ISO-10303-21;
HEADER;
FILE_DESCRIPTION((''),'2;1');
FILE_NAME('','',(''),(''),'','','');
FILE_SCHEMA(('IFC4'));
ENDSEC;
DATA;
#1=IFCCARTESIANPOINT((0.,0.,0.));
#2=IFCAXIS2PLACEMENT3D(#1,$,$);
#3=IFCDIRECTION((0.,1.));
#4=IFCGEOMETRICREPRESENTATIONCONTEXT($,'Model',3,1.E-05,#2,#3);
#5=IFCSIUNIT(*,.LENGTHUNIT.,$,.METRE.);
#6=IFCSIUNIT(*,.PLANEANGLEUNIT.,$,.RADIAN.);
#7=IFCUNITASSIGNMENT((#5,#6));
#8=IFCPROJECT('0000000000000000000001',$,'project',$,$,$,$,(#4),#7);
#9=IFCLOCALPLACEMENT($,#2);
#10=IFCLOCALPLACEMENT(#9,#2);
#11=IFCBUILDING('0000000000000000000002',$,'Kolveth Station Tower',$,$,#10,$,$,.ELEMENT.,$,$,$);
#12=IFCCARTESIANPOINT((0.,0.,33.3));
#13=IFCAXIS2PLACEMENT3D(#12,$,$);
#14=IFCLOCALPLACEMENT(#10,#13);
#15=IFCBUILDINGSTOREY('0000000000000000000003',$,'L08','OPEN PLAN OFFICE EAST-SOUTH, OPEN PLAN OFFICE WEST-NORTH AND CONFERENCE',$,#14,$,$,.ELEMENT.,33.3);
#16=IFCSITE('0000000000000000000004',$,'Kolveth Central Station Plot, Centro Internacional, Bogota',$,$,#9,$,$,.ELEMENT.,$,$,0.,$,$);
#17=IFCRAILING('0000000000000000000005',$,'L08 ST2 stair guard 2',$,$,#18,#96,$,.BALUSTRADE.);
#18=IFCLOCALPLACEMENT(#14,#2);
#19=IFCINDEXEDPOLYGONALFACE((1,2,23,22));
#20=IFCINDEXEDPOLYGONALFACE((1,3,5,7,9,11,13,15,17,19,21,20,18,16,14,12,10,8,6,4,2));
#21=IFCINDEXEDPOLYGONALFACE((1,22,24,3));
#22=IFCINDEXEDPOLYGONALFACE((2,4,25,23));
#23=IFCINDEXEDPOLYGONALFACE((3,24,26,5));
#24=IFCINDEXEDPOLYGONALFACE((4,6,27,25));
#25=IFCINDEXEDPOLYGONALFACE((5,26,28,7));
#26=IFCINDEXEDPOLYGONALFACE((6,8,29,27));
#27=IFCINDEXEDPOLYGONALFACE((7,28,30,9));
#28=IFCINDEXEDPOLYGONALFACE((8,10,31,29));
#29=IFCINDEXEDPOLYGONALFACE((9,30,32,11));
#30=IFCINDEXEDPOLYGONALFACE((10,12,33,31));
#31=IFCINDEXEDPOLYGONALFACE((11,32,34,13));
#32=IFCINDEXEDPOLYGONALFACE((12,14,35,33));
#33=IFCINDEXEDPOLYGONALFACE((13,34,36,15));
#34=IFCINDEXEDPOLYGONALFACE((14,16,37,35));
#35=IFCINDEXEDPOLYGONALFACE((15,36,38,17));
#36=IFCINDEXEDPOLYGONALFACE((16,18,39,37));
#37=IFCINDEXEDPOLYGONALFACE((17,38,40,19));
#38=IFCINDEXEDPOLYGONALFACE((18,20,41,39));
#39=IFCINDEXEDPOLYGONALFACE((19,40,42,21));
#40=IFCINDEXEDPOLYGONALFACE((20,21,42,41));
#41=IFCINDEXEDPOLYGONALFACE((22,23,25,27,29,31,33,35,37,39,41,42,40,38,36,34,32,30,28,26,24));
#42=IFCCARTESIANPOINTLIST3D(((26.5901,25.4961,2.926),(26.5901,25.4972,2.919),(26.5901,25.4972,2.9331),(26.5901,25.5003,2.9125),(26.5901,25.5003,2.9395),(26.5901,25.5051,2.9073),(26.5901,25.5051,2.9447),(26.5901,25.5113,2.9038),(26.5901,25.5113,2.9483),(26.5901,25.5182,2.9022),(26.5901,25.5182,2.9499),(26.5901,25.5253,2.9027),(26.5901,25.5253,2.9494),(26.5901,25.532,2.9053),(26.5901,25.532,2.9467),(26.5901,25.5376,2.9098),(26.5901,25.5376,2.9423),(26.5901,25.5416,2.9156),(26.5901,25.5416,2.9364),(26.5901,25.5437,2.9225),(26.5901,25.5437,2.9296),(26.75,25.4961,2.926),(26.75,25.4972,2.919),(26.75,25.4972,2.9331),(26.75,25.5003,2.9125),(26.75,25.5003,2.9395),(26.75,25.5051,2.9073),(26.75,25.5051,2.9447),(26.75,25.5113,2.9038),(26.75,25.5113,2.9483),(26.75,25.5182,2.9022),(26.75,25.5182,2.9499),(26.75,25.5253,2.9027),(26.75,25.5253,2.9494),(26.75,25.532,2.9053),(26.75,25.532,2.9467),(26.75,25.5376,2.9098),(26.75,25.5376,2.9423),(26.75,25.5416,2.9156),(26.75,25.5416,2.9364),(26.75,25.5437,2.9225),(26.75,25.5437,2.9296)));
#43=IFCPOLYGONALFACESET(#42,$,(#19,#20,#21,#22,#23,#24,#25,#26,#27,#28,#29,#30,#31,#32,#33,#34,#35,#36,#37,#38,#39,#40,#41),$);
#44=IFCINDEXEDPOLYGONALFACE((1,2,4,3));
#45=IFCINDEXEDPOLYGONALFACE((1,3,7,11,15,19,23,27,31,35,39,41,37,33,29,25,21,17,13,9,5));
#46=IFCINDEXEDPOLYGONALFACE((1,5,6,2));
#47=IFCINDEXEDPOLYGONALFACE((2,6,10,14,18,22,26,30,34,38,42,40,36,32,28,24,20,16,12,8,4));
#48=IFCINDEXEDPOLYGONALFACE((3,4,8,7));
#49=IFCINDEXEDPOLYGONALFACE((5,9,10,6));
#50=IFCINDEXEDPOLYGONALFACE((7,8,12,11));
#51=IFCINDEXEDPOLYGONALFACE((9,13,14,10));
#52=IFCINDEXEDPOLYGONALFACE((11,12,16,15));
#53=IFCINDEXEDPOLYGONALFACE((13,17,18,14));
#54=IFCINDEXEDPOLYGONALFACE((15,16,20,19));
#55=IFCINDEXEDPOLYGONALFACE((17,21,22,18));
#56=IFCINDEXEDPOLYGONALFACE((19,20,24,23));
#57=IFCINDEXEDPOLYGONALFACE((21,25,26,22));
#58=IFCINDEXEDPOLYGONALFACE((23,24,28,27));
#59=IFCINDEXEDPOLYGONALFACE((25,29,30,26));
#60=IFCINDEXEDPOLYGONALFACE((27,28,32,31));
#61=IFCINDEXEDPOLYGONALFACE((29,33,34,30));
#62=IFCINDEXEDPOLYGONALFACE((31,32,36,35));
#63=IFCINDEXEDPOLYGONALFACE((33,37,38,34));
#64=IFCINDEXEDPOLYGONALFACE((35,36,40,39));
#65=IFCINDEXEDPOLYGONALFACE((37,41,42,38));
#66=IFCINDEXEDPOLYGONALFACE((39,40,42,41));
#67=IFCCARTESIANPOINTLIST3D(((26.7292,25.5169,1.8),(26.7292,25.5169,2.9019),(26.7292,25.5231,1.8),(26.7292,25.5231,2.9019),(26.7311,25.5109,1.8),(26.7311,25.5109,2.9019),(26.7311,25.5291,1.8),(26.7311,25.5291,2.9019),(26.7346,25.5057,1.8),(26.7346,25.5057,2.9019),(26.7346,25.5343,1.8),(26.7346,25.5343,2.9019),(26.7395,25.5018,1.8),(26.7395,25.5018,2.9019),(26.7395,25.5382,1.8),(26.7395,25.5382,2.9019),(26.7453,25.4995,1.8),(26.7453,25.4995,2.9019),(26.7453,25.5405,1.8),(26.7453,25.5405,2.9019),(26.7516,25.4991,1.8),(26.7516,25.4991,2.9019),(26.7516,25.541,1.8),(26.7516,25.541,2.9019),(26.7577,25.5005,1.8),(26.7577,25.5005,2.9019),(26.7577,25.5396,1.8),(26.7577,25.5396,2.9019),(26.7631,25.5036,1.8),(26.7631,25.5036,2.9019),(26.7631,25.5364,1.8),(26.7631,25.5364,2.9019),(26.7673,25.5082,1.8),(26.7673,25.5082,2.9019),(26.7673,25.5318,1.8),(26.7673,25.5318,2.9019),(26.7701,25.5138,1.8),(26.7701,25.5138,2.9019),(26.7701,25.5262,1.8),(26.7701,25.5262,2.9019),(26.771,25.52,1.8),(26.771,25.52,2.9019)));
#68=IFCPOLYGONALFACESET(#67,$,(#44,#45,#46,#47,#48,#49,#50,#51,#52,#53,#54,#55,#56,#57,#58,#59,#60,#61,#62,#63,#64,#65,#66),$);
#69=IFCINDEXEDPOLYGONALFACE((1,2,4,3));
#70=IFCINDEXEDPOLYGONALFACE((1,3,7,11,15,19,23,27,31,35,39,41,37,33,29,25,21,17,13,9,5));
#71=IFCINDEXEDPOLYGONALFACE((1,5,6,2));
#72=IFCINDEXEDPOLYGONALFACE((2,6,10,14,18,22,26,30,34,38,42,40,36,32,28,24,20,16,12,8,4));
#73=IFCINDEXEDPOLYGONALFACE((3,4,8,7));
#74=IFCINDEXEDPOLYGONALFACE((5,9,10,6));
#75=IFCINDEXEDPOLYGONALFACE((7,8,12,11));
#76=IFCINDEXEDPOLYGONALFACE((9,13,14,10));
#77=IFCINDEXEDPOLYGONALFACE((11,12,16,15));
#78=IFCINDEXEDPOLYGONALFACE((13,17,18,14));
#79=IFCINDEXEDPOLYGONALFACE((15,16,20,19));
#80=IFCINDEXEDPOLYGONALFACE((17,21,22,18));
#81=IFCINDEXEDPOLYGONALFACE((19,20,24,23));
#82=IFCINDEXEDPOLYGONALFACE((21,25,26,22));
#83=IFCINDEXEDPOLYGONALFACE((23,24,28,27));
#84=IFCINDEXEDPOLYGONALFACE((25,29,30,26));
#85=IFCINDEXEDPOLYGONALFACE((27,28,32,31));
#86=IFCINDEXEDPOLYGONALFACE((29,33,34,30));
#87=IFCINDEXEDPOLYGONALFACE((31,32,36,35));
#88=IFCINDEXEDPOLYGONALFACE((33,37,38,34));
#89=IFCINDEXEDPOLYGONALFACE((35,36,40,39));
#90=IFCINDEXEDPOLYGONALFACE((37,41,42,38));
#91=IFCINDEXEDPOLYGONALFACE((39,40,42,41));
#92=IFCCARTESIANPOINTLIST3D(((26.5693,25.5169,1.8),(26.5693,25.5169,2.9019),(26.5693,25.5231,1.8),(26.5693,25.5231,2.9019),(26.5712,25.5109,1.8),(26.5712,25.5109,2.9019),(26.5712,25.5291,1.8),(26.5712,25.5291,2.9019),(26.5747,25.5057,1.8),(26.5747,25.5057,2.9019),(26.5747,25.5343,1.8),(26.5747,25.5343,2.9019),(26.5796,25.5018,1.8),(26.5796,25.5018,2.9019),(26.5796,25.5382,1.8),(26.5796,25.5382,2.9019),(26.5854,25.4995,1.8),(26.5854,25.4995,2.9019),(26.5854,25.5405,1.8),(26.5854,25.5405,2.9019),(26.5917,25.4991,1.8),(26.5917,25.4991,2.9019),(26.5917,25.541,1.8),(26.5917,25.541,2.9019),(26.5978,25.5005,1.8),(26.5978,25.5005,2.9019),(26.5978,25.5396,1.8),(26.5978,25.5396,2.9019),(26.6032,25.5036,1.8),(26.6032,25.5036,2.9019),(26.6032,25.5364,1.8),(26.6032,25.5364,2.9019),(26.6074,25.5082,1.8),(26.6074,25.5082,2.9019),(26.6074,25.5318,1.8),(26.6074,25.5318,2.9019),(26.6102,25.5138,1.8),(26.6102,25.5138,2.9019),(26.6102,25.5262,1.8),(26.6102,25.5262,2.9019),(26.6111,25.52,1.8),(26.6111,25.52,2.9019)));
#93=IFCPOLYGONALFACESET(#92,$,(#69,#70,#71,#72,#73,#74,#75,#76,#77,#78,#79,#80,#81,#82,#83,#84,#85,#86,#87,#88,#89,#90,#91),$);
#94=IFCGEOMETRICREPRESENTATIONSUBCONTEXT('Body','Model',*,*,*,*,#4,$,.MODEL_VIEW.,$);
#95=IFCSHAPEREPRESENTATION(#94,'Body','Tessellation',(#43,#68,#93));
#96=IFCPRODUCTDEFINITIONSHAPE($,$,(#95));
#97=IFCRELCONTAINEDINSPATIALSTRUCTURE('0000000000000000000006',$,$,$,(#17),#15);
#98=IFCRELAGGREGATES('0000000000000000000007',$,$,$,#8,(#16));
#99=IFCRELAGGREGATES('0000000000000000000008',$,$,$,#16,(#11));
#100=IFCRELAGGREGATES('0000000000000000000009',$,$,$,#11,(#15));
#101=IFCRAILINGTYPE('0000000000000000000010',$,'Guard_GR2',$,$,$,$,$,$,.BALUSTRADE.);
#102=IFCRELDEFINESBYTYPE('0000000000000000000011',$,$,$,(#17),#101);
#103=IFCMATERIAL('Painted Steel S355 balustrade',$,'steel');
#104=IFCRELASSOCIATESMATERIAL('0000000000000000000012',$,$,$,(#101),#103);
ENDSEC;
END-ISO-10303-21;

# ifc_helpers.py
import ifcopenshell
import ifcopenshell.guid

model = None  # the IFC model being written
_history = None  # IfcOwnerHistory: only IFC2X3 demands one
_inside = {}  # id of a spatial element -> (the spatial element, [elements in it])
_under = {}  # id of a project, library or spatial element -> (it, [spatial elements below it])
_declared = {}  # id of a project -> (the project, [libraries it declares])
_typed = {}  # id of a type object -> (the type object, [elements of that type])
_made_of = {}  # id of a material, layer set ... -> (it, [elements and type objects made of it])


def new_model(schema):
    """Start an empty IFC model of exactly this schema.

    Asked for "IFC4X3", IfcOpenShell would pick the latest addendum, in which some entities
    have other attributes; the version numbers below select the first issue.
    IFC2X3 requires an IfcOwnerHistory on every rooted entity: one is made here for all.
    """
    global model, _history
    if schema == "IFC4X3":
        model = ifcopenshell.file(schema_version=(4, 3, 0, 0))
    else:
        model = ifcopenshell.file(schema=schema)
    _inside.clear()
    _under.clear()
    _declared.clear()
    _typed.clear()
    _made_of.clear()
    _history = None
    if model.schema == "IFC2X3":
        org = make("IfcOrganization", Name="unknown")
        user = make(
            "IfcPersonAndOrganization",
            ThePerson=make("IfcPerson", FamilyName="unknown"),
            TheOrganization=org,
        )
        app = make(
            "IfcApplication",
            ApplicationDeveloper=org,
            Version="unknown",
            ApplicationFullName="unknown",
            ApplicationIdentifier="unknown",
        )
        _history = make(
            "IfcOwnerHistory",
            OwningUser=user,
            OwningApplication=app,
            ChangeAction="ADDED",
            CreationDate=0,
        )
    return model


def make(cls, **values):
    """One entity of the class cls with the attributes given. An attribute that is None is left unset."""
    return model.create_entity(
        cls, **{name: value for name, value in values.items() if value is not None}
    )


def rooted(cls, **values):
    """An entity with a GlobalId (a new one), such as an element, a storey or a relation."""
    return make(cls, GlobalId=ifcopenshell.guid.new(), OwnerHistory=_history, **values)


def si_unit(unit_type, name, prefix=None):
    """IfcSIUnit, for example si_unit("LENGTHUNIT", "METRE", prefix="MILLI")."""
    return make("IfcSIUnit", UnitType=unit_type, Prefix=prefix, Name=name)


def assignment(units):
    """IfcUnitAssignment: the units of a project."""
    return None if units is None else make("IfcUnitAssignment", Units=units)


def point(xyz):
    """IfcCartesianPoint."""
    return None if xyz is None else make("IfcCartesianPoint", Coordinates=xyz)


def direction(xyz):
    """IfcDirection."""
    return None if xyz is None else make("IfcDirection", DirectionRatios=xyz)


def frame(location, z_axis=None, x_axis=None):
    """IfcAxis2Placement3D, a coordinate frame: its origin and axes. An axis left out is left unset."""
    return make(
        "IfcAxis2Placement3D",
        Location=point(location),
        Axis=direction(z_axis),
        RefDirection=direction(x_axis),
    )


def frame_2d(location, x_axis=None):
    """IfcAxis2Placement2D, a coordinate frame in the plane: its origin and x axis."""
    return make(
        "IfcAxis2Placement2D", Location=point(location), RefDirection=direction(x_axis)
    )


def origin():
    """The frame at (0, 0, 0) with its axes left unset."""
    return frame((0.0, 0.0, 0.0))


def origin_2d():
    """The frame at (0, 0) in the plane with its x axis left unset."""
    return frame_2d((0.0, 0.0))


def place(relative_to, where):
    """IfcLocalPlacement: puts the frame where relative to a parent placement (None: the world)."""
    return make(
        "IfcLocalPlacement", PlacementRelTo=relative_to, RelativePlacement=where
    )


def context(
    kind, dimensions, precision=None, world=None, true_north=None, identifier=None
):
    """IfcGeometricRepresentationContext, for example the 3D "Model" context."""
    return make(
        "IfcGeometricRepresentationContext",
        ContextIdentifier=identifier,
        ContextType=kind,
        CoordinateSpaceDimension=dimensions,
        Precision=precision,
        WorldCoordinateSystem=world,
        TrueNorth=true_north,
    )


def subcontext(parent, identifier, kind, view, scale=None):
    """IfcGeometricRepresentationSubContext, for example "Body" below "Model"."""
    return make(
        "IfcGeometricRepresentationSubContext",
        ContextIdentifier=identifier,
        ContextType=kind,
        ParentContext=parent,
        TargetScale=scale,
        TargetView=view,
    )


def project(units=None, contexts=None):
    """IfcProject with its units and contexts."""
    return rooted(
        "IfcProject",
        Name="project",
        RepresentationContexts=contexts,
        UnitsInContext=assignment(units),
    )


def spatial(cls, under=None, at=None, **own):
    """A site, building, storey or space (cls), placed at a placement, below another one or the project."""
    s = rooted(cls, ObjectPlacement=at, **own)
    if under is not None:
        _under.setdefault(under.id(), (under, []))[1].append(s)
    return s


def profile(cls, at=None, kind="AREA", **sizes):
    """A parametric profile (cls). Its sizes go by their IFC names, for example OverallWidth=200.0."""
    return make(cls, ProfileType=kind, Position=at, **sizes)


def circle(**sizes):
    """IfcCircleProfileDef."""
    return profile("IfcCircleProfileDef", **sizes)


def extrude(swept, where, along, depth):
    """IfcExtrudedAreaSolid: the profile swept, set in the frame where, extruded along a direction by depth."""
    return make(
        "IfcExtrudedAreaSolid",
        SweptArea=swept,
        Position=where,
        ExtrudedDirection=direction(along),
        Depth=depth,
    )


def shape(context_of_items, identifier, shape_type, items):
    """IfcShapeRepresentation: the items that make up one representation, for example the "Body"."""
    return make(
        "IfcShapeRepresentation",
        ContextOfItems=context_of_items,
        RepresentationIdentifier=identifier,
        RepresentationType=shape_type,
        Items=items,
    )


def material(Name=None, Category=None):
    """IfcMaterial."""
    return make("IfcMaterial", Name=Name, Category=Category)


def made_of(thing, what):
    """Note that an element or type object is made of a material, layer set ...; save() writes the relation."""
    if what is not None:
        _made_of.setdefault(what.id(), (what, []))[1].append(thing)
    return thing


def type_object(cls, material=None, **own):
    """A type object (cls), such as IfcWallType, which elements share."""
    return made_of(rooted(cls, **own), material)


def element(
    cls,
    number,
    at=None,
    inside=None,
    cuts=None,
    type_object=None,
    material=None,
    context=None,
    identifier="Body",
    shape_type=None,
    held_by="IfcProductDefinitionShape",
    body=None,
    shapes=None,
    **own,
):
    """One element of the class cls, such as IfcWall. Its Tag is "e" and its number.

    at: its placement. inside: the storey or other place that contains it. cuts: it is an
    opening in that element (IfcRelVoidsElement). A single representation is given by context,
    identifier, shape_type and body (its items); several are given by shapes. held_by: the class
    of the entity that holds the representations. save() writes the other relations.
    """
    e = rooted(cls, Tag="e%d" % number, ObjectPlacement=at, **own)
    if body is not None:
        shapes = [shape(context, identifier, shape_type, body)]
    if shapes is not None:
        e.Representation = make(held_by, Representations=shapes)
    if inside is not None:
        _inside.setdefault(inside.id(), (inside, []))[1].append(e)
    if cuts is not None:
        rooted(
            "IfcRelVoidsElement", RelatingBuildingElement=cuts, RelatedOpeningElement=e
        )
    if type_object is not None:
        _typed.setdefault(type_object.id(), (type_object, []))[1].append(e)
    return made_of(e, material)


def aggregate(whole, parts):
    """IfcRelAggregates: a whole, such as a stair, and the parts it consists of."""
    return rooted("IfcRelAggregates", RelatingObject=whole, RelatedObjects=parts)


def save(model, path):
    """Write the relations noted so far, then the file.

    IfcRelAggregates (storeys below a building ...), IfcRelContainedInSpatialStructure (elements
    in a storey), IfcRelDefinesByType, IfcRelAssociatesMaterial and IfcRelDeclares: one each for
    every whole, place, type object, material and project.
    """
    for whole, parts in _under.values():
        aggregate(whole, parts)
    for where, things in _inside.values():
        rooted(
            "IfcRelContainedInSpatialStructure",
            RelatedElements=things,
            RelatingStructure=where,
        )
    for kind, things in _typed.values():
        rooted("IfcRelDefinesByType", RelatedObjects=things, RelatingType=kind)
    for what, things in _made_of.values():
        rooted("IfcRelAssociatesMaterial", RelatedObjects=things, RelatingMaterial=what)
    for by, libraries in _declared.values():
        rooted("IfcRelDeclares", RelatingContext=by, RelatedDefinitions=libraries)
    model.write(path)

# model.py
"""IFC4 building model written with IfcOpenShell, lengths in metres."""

from ifc_helpers import new_model, si_unit, direction, frame, origin, origin_2d, place, context, subcontext, project, spatial, circle, extrude, material, type_object, element, save


model = new_model("IFC4")

# Units and contexts
model_context = context("Model", 3, precision=1e-05, world=origin(), true_north=direction((0.0, 1.0)))
body_context = subcontext(model_context, "Body", "Model", "MODEL_VIEW")
ifc_project = project(units=[si_unit("LENGTHUNIT", "METRE"), si_unit("PLANEANGLEUNIT", "RADIAN")], contexts=[model_context])

# Site, building, storey
site_placement = place(None, origin())
site = spatial("IfcSite", under=ifc_project, at=site_placement, Name="Kolveth Central Station Plot, Centro Internacional, Bogota", CompositionType="ELEMENT", RefElevation=0.0)
building_placement = place(site_placement, origin())
building = spatial("IfcBuilding", under=site, at=building_placement, Name="Kolveth Station Tower", CompositionType="ELEMENT")
storey_placement = place(building_placement, frame((0.0, 0.0, 33.3)))
storey = spatial("IfcBuildingStorey", under=building, at=storey_placement, Name="L08", Description="OPEN PLAN OFFICE EAST-SOUTH, OPEN PLAN OFFICE WEST-NORTH AND CONFERENCE", CompositionType="ELEMENT", Elevation=33.3)

# Railing
ifc_material_1 = material(Name="Painted Steel S355 balustrade", Category="steel")
railing_type_1 = type_object("IfcRailingType", Name="Guard_GR2", PredefinedType="BALUSTRADE", material=ifc_material_1)
railing_1_placement = place(storey_placement, frame((26.75, 25.52, 1.8)))
element("IfcRailing", 1, at=railing_1_placement, inside=storey, type_object=railing_type_1, Name="L08 ST2 stair guard 2", PredefinedType="BALUSTRADE", context=body_context, shape_type="SweptSolid", body=[
    extrude(circle(Radius=0.0239, at=origin_2d()), frame((0.0, 0.0, 1.126), z_axis=(-1.0, 0.0, 0.0), x_axis=(0.0, -1.0, 0.0)), (0.0, 0.0, 1.0), 0.1599),
    extrude(circle(Radius=0.021, at=origin_2d()), origin(), (0.0, 0.0, 1.0), 1.1018),
    extrude(circle(Radius=0.021, at=origin_2d()), frame((-0.1599, 0.0, 0.0)), (0.0, 0.0, 1.0), 1.1018),
])

save(model, "model.ifc")
